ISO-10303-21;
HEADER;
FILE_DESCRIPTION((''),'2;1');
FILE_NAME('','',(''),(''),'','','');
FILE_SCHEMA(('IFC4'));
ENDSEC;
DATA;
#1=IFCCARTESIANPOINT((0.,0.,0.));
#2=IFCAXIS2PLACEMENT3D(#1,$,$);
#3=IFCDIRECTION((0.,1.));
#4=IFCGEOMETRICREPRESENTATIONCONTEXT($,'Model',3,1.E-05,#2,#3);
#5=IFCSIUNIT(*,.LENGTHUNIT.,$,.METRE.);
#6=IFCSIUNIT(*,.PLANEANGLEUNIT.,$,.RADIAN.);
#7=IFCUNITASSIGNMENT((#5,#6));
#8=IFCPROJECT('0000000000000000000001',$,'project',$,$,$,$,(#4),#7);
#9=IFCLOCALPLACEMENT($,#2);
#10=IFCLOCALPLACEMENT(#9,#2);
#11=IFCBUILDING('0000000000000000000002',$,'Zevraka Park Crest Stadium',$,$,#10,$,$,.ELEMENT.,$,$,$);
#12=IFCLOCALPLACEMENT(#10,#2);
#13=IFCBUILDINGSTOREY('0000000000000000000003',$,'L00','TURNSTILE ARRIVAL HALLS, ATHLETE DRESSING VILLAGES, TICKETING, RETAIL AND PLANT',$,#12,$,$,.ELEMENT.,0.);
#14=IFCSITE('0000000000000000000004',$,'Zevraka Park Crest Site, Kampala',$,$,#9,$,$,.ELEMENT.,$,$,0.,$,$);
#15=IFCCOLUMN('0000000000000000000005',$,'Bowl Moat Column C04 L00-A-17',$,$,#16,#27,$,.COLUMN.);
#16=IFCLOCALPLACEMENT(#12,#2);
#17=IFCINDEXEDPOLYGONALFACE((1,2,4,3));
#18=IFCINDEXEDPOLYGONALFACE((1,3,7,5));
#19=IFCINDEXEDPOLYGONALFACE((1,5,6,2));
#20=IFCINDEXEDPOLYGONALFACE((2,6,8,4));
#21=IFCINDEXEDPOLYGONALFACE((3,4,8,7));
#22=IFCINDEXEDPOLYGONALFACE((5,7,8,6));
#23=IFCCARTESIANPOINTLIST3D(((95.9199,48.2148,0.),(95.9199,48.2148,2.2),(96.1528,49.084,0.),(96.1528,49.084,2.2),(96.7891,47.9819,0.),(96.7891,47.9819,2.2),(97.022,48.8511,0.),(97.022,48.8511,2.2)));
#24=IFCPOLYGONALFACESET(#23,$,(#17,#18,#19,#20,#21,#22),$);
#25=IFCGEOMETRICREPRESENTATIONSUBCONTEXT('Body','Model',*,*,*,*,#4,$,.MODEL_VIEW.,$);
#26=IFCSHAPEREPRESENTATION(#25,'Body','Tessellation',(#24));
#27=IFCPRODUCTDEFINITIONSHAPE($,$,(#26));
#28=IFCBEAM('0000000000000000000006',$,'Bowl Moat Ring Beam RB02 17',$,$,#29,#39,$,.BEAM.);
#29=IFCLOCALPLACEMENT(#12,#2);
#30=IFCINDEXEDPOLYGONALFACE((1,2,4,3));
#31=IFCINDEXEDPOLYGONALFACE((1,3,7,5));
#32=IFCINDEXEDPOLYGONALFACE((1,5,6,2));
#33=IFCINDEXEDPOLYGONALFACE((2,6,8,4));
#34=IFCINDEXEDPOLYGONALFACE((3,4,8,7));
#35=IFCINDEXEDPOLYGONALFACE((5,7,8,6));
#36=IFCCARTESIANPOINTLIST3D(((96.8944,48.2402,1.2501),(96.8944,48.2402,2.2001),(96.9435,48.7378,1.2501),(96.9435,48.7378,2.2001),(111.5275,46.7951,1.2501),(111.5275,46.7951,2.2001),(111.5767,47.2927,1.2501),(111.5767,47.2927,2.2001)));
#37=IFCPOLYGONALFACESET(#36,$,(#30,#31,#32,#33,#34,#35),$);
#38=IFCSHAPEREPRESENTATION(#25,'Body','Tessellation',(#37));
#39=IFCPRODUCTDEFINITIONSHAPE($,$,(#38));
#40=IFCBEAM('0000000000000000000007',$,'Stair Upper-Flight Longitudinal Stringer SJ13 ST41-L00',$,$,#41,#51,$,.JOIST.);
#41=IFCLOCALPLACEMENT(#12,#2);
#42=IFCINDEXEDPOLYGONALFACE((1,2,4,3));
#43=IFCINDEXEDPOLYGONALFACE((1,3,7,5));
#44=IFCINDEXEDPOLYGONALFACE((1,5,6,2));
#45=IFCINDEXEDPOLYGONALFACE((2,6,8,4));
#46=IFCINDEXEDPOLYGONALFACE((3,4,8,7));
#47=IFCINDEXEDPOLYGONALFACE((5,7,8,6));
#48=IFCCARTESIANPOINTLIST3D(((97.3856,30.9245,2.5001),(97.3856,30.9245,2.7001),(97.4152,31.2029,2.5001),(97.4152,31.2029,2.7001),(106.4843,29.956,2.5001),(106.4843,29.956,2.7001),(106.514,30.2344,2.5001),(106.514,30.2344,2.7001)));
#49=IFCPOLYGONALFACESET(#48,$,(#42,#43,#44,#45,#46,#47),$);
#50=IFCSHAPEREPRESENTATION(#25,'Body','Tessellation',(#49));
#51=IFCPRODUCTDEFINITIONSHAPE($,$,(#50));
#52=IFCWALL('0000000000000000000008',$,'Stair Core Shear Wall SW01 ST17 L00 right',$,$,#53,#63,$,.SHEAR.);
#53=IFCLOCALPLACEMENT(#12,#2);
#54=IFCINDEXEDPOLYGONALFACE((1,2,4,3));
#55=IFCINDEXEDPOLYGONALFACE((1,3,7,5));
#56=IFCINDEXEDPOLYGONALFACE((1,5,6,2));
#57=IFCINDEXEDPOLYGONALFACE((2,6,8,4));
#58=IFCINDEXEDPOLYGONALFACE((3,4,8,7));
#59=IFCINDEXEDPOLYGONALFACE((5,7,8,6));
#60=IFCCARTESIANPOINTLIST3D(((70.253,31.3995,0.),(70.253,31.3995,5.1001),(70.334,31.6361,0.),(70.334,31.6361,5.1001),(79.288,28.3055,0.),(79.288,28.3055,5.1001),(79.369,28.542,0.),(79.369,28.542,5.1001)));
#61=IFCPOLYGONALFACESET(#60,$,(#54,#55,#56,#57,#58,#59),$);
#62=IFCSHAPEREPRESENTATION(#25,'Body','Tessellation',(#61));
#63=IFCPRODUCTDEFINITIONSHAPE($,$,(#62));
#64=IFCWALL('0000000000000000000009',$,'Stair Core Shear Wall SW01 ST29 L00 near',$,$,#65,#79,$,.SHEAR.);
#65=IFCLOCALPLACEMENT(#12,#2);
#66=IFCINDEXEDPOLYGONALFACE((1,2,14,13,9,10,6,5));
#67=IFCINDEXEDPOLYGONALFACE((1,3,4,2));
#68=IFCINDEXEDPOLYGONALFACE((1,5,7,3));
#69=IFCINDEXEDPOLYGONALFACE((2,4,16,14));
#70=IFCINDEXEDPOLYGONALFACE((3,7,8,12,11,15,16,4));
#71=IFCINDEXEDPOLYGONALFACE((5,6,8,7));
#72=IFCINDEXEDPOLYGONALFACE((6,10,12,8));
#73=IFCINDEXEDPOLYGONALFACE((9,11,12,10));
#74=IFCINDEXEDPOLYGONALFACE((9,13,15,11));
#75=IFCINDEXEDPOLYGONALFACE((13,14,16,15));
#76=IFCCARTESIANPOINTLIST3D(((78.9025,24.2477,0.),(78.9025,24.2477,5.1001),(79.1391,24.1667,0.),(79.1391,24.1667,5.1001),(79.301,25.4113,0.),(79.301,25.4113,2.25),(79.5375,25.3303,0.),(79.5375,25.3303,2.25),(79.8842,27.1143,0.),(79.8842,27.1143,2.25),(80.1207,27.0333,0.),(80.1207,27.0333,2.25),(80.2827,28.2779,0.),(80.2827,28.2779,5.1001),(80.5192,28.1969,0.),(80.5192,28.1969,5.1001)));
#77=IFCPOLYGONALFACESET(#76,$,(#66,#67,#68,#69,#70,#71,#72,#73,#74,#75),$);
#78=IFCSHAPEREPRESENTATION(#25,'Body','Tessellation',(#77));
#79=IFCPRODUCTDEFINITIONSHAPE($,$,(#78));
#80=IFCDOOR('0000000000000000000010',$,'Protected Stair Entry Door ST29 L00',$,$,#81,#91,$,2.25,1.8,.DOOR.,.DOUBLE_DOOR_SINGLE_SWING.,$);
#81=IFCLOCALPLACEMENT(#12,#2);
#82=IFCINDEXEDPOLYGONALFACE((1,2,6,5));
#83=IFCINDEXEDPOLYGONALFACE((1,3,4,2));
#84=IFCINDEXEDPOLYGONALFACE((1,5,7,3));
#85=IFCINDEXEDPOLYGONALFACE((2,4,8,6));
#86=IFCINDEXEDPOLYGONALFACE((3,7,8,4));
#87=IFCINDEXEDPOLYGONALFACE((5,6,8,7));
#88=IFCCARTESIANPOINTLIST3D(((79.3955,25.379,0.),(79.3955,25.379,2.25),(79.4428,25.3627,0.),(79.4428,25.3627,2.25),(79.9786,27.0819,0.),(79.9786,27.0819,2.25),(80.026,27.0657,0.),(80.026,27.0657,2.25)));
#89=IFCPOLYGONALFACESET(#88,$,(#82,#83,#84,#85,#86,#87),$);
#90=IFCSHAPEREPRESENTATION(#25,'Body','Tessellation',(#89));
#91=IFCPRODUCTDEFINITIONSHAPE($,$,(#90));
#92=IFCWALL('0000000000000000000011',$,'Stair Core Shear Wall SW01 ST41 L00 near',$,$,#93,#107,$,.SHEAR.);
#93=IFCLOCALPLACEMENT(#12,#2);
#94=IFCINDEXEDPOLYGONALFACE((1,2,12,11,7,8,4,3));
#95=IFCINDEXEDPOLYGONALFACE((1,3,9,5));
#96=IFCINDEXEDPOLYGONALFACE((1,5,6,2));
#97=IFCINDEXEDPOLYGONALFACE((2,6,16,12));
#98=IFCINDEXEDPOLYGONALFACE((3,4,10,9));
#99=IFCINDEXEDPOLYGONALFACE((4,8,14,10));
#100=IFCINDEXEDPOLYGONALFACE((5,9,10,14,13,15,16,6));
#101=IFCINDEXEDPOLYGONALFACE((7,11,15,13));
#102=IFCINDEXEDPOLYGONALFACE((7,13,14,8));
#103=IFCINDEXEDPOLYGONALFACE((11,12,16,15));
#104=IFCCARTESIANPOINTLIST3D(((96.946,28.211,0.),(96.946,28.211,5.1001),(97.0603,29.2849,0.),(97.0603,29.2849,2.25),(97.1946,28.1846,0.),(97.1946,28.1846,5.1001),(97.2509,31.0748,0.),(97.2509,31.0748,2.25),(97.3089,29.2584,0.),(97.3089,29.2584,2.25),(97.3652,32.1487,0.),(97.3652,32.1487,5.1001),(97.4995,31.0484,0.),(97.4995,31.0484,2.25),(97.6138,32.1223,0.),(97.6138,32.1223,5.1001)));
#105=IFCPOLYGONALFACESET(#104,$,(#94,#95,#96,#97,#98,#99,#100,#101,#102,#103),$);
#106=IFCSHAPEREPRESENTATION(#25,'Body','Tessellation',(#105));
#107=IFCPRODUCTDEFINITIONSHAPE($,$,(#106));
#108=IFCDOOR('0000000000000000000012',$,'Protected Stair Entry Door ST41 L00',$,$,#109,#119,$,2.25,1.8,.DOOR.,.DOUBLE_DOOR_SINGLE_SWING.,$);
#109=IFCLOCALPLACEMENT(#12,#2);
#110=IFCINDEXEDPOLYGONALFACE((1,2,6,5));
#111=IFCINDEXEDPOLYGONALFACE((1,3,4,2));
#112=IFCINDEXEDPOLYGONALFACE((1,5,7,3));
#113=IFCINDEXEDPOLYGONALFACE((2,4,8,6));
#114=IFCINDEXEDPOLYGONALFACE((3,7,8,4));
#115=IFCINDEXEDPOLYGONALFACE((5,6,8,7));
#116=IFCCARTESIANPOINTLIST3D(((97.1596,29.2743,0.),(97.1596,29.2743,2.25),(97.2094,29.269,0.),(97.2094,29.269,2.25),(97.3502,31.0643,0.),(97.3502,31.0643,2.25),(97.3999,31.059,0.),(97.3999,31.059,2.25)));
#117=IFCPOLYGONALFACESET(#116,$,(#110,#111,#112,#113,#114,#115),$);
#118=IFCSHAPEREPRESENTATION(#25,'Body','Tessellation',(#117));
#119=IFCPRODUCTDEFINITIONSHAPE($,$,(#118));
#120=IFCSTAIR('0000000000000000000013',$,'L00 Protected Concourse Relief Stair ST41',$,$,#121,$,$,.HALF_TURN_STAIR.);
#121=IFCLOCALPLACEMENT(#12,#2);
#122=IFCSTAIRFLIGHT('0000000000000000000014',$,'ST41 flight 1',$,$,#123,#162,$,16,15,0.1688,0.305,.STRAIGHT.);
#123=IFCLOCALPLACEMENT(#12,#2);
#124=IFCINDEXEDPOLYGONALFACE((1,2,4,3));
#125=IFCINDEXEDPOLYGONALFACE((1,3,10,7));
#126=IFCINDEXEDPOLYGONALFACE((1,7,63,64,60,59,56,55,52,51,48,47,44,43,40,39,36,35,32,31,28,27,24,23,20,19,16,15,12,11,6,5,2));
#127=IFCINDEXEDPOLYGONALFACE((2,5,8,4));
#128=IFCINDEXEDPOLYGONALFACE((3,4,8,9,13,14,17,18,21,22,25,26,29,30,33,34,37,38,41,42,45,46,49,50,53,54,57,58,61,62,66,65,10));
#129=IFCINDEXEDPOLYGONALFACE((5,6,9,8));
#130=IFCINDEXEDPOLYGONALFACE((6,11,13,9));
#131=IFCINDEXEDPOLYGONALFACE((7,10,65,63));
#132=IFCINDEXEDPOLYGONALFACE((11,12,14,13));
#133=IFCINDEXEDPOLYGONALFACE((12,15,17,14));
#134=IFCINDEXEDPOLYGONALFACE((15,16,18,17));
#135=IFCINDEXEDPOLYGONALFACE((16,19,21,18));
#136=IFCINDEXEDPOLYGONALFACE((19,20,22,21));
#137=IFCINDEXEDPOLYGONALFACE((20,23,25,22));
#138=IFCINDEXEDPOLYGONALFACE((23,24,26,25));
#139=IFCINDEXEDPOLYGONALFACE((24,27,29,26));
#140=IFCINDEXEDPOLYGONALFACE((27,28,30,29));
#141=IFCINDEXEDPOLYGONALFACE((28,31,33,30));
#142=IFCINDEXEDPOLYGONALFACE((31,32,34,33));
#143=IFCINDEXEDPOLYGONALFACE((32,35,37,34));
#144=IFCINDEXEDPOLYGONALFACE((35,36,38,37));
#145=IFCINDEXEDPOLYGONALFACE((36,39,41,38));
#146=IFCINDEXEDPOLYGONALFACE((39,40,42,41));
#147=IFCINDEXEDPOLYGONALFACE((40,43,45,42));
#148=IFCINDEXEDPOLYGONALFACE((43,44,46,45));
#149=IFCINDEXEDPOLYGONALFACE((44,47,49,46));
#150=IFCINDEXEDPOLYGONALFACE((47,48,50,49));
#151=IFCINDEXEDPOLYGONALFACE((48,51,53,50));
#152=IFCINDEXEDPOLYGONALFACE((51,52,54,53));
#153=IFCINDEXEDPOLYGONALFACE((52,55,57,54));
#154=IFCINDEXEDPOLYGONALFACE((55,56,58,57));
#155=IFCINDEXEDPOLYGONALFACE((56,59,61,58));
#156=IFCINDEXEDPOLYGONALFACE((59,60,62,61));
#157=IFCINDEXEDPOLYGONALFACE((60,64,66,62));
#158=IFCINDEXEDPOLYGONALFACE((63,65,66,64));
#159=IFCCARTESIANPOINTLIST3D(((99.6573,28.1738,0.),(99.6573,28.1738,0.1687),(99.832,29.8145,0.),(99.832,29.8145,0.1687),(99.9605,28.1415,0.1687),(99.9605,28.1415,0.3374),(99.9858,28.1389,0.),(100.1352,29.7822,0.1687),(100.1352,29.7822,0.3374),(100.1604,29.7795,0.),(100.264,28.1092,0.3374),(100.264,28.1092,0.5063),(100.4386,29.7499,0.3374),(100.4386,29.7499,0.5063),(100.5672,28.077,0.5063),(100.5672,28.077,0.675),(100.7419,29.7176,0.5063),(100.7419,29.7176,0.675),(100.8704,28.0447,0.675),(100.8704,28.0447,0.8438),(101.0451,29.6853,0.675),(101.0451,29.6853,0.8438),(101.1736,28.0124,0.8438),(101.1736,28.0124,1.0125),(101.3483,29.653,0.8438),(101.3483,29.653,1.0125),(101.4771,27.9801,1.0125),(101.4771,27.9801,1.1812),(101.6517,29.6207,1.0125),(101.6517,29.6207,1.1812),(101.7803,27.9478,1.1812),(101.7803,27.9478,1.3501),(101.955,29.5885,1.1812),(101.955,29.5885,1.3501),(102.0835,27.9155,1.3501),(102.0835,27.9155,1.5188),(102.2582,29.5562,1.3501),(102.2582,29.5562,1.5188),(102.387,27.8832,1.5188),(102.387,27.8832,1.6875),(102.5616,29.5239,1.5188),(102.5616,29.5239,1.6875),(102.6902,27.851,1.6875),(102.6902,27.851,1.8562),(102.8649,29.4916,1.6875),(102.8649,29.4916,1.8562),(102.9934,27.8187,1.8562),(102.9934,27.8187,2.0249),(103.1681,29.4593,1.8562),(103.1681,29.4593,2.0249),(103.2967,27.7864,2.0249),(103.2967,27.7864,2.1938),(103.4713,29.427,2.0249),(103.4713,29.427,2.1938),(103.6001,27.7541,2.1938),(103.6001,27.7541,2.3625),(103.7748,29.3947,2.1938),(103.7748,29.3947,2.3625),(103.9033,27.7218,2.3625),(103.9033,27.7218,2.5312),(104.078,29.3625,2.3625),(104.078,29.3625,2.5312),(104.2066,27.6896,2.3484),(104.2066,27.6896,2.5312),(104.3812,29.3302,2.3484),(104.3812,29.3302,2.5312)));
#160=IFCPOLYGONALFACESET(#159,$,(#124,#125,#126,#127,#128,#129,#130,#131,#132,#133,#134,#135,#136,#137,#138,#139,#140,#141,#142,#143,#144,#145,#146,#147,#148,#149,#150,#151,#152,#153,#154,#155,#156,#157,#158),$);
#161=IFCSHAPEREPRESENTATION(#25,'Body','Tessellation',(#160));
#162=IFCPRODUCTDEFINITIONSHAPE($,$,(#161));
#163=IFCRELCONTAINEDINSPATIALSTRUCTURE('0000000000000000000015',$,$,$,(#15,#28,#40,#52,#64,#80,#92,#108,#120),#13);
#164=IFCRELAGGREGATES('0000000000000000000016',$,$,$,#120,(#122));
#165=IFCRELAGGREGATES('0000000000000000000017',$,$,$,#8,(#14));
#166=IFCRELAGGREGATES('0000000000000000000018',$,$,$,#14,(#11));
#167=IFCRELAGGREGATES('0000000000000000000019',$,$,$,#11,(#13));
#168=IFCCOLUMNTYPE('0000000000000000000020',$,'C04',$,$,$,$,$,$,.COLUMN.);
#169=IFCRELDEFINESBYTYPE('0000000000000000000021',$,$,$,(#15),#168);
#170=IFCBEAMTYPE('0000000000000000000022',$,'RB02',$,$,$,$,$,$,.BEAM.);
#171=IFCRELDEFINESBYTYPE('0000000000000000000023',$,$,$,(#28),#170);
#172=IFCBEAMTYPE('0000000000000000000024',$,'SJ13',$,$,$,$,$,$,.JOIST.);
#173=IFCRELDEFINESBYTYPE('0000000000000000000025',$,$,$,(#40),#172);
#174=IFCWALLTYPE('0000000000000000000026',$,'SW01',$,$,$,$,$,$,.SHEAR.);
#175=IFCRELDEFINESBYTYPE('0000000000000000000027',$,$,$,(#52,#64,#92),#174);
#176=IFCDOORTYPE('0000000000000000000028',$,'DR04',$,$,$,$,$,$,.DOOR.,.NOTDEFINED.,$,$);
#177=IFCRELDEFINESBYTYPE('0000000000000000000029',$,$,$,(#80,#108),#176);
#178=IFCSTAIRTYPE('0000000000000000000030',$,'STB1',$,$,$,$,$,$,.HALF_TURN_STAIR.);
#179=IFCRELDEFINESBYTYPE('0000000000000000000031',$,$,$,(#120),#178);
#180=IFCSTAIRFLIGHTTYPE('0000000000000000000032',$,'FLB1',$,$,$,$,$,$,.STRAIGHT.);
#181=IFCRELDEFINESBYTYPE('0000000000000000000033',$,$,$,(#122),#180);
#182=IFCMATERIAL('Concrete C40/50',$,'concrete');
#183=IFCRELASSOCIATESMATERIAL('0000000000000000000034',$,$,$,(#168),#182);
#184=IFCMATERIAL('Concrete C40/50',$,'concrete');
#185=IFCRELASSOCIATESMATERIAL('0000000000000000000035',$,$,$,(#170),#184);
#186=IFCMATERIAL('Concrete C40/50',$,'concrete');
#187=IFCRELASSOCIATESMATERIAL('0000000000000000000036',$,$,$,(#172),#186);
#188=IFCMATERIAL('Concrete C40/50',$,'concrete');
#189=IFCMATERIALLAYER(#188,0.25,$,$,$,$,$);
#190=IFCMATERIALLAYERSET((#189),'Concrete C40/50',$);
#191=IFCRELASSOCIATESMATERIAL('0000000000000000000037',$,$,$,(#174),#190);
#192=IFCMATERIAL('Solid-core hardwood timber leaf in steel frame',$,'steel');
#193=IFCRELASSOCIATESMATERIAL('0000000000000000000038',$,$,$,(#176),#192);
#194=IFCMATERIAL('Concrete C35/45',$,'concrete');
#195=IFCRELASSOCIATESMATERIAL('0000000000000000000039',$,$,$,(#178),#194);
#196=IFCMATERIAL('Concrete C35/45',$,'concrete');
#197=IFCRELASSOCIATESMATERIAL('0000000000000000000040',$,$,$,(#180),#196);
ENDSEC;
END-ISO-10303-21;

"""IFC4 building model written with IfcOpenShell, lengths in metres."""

from ifc_helpers import new_model, si_unit, direction, frame, frame_2d, origin, origin_2d, place, context, subcontext, project, spatial, polyline, rectangle, outline, extrude, material, layer, layer_set, material_profile, profile_set, type_object, element, fill, aggregate, save


model = new_model("IFC4")

# Units and contexts
model_context = context("Model", 3, precision=1e-05, world=origin(), true_north=direction((0.0, 1.0)))
body_context = subcontext(model_context, "Body", "Model", "MODEL_VIEW")
ifc_project = project(units=[si_unit("LENGTHUNIT", "METRE"), si_unit("PLANEANGLEUNIT", "RADIAN")], contexts=[model_context])

# Site, building, storey
site_placement = place(None, origin())
site = spatial("IfcSite", under=ifc_project, at=site_placement, Name="Zevraka Park Crest Site, Kampala", CompositionType="ELEMENT", RefElevation=0.0)
building_placement = place(site_placement, origin())
building = spatial("IfcBuilding", under=site, at=building_placement, Name="Zevraka Park Crest Stadium", CompositionType="ELEMENT")
storey_placement = place(building_placement, origin())
storey = spatial("IfcBuildingStorey", under=building, at=storey_placement, Name="L00", Description="TURNSTILE ARRIVAL HALLS, ATHLETE DRESSING VILLAGES, TICKETING, RETAIL AND PLANT", CompositionType="ELEMENT", Elevation=0.0)

# Column
ifc_material_1 = material(Name="Concrete C40/50", Category="concrete")
ifc_material_profile_1 = material_profile(ifc_material_1, rectangle(XDim=0.8999, YDim=0.8999, at=origin_2d()), Name="RC 900x900")
ifc_profile_set_1 = profile_set([ifc_material_profile_1], Name="Concrete C40/50")
column_type_1 = type_object("IfcColumnType", Name="C04", PredefinedType="COLUMN", material=ifc_profile_set_1)
column_1_placement = place(storey_placement, frame((96.4709, 48.533, 0.0), z_axis=(0.0, 0.0, 1.0), x_axis=(0.258819, 0.965926, 0.0)))
element("IfcColumn", 1, at=column_1_placement, inside=storey, type_object=column_type_1, Name="Bowl Moat Column C04 L00-A-17", PredefinedType="COLUMN", context=body_context, shape_type="SweptSolid", body=[
    extrude(rectangle(XDim=0.8999, YDim=0.8999, at=origin_2d()), origin(), (0.0, 0.0, 1.0), 2.2),
])

# Beams
ifc_material_2 = material(Name="Concrete C40/50", Category="concrete")
ifc_material_profile_2 = material_profile(ifc_material_2, rectangle(XDim=0.5, YDim=0.95, at=origin_2d()), Name="RC 950x500")
ifc_profile_set_2 = profile_set([ifc_material_profile_2], Name="Concrete C40/50")
beam_type_1 = type_object("IfcBeamType", Name="RB02", PredefinedType="BEAM", material=ifc_profile_set_2)
beam_1_placement = place(storey_placement, frame((96.9189, 48.489, 1.7251), z_axis=(0.995159, -0.098276, 0.0), x_axis=(0.098276, 0.995159, 0.0)))
element("IfcBeam", 2, at=beam_1_placement, inside=storey, type_object=beam_type_1, Name="Bowl Moat Ring Beam RB02 17", PredefinedType="BEAM", context=body_context, shape_type="SweptSolid", body=[
    extrude(rectangle(XDim=0.5, YDim=0.95, at=origin_2d()), origin(), (0.0, 0.0, 1.0), 14.7043),
])
ifc_material_3 = material(Name="Concrete C40/50", Category="concrete")
ifc_material_profile_3 = material_profile(ifc_material_3, rectangle(XDim=0.28, YDim=0.2, at=origin_2d()), Name="RC 200x280")
ifc_profile_set_3 = profile_set([ifc_material_profile_3], Name="Concrete C40/50")
beam_type_2 = type_object("IfcBeamType", Name="SJ13", PredefinedType="JOIST", material=ifc_profile_set_3)
beam_2_placement = place(storey_placement, frame((97.4004, 31.0637, 2.6001), z_axis=(0.994382, -0.105847, 0.0), x_axis=(0.105847, 0.994382, 0.0)))
element("IfcBeam", 3, at=beam_2_placement, inside=storey, type_object=beam_type_2, Name="Stair Upper-Flight Longitudinal Stringer SJ13 ST41-L00", PredefinedType="JOIST", context=body_context, shape_type="SweptSolid", body=[
    extrude(rectangle(XDim=0.28, YDim=0.2, at=origin_2d()), origin(), (0.0, 0.0, 1.0), 9.1501),
])

# Wall
ifc_material_4 = material(Name="Concrete C40/50", Category="concrete")
ifc_layer = layer(ifc_material_4, 0.25)
ifc_layer_set = layer_set([ifc_layer], Name="Concrete C40/50")
wall_type = type_object("IfcWallType", Name="SW01", PredefinedType="SHEAR", material=ifc_layer_set)
wall_1_placement = place(storey_placement, frame((79.3284, 28.4238, 0.0), z_axis=(0.0, 0.0, 1.0), x_axis=(-0.946064, 0.323979, 0.0)))
element("IfcWall", 4, at=wall_1_placement, inside=storey, type_object=wall_type, Name="Stair Core Shear Wall SW01 ST17 L00 right", PredefinedType="SHEAR", context=body_context, shape_type="SweptSolid", body=[
    extrude(rectangle(XDim=9.55, YDim=0.25, at=frame_2d((4.7749, 0.0))), origin(), (0.0, 0.0, 1.0), 5.1001),
])

# Walls, openings, doors
wall_2_placement = place(storey_placement, frame((80.4009, 28.2373, 0.0), z_axis=(0.0, 0.0, 1.0), x_axis=(-0.323971, -0.946067, 0.0)))
wall_2 = element("IfcWall", 5, at=wall_2_placement, inside=storey, type_object=wall_type, Name="Stair Core Shear Wall SW01 ST29 L00 near", PredefinedType="SHEAR", context=body_context, shape_type="SweptSolid", body=[
    extrude(rectangle(XDim=4.26, YDim=0.25, at=frame_2d((2.1299, 0.0))), origin(), (0.0, 0.0, 1.0), 5.1001),
])
opening_1_placement = place(wall_2_placement, frame((1.23, 0.0, 0.0)))
opening_1 = element("IfcOpeningElement", 6, at=opening_1_placement, cuts=wall_2, PredefinedType="OPENING", context=body_context, shape_type="SweptSolid", body=[
    extrude(rectangle(XDim=1.8, YDim=2.25, at=frame_2d((0.8999, 1.125))), frame((0.0, 0.135, 0.0), z_axis=(0.0, -1.0, 0.0), x_axis=(1.0, 0.0, 0.0)), (0.0, 0.0, 1.0), 0.27),
])
ifc_material_5 = material(Name="Solid-core hardwood timber leaf in steel frame", Category="steel")
door_type = type_object("IfcDoorType", Name="DR04", OperationType="NOTDEFINED", PredefinedType="DOOR", material=ifc_material_5)
door_1_placement = place(opening_1_placement, origin())
door_1 = element("IfcDoor", 7, at=door_1_placement, inside=storey, type_object=door_type, Name="Protected Stair Entry Door ST29 L00", OperationType="DOUBLE_DOOR_SINGLE_SWING", OverallHeight=2.25, OverallWidth=1.8, PredefinedType="DOOR", context=body_context, shape_type="SweptSolid", body=[
    extrude(rectangle(XDim=1.8, YDim=2.25, at=frame_2d((0.8999, 1.125))), frame((0.0, 0.0249, 0.0), z_axis=(0.0, -1.0, 0.0), x_axis=(1.0, 0.0, 0.0)), (0.0, 0.0, 1.0), 0.05),
])
fill(opening_1, door_1)
wall_3_placement = place(storey_placement, frame((97.4895, 32.1355, 0.0), z_axis=(0.0, 0.0, 1.0), x_axis=(-0.105856, -0.994381, 0.0)))
wall_3 = element("IfcWall", 8, at=wall_3_placement, inside=storey, type_object=wall_type, Name="Stair Core Shear Wall SW01 ST41 L00 near", PredefinedType="SHEAR", context=body_context, shape_type="SweptSolid", body=[
    extrude(rectangle(XDim=3.96, YDim=0.25, at=frame_2d((1.98, 0.0))), origin(), (0.0, 0.0, 1.0), 5.1001),
])
opening_2_placement = place(wall_3_placement, frame((1.0801, 0.0, 0.0)))
opening_2 = element("IfcOpeningElement", 9, at=opening_2_placement, cuts=wall_3, PredefinedType="OPENING", context=body_context, shape_type="SweptSolid", body=[
    extrude(rectangle(XDim=1.8, YDim=2.25, at=frame_2d((0.8999, 1.125))), frame((0.0, 0.135, 0.0), z_axis=(0.0, -1.0, 0.0), x_axis=(1.0, 0.0, 0.0)), (0.0, 0.0, 1.0), 0.27),
])
door_2_placement = place(opening_2_placement, origin())
door_2 = element("IfcDoor", 10, at=door_2_placement, inside=storey, type_object=door_type, Name="Protected Stair Entry Door ST41 L00", OperationType="DOUBLE_DOOR_SINGLE_SWING", OverallHeight=2.25, OverallWidth=1.8, PredefinedType="DOOR", context=body_context, shape_type="SweptSolid", body=[
    extrude(rectangle(XDim=1.8, YDim=2.25, at=frame_2d((0.8999, 1.125))), frame((0.0, 0.0249, 0.0), z_axis=(0.0, -1.0, 0.0), x_axis=(1.0, 0.0, 0.0)), (0.0, 0.0, 1.0), 0.05),
])
fill(opening_2, door_2)

# Stair, stair flight
ifc_material_6 = material(Name="Concrete C35/45", Category="concrete")
stair_type = type_object("IfcStairType", Name="STB1", PredefinedType="HALF_TURN_STAIR", material=ifc_material_6)
stair_placement = place(storey_placement, origin())
stair = element("IfcStair", 11, at=stair_placement, inside=storey, type_object=stair_type, Name="L00 Protected Concourse Relief Stair ST41", PredefinedType="HALF_TURN_STAIR")
ifc_material_7 = material(Name="Concrete C35/45", Category="concrete")
stair_flight_type = type_object("IfcStairFlightType", Name="FLB1", PredefinedType="STRAIGHT", material=ifc_material_7)
stair_flight_placement = place(storey_placement, frame((99.7446, 28.9941, 0.0), z_axis=(0.0, 0.0, 1.0), x_axis=(0.994382, -0.105853, 0.0)))
stair_flight = element("IfcStairFlight", 12, at=stair_flight_placement, type_object=stair_flight_type, Name="ST41 flight 1", NumberOfRisers=16, NumberOfTreads=15, PredefinedType="STRAIGHT", RiserHeight=0.1688, TreadLength=0.305, context=body_context, shape_type="SweptSolid", body=[
    extrude(outline(polyline([(0.0, 0.0), (0.0, 0.1687), (0.3049, 0.1687), (0.3049, 0.3374), (0.6101, 0.3374), (0.6101, 0.5063), (0.915, 0.5063), (0.915, 0.675), (1.22, 0.675), (1.22, 0.8438), (1.5249, 0.8438), (1.5249, 1.0125), (1.8301, 1.0125), (1.8301, 1.1812), (2.135, 1.1812), (2.135, 1.3501), (2.4399, 1.3501), (2.4399, 1.5188), (2.7451, 1.5188), (2.7451, 1.6875), (3.05, 1.6875), (3.05, 1.8562), (3.355, 1.8562), (3.355, 2.0249), (3.6599, 2.0249), (3.6599, 2.1938), (3.9651, 2.1938), (3.9651, 2.3625), (4.27, 2.3625), (4.27, 2.5312), (4.575, 2.5312), (4.575, 2.7), (4.575, 2.3484), (0.3303, 0.0), (0.0, 0.0)])), frame((0.0, 0.825, 0.0), z_axis=(0.0, -1.0, 0.0), x_axis=(1.0, 0.0, 0.0)), (0.0, 0.0, 1.0), 1.6499),
])
aggregate(stair, [stair_flight])

save(model, "model.ifc")
